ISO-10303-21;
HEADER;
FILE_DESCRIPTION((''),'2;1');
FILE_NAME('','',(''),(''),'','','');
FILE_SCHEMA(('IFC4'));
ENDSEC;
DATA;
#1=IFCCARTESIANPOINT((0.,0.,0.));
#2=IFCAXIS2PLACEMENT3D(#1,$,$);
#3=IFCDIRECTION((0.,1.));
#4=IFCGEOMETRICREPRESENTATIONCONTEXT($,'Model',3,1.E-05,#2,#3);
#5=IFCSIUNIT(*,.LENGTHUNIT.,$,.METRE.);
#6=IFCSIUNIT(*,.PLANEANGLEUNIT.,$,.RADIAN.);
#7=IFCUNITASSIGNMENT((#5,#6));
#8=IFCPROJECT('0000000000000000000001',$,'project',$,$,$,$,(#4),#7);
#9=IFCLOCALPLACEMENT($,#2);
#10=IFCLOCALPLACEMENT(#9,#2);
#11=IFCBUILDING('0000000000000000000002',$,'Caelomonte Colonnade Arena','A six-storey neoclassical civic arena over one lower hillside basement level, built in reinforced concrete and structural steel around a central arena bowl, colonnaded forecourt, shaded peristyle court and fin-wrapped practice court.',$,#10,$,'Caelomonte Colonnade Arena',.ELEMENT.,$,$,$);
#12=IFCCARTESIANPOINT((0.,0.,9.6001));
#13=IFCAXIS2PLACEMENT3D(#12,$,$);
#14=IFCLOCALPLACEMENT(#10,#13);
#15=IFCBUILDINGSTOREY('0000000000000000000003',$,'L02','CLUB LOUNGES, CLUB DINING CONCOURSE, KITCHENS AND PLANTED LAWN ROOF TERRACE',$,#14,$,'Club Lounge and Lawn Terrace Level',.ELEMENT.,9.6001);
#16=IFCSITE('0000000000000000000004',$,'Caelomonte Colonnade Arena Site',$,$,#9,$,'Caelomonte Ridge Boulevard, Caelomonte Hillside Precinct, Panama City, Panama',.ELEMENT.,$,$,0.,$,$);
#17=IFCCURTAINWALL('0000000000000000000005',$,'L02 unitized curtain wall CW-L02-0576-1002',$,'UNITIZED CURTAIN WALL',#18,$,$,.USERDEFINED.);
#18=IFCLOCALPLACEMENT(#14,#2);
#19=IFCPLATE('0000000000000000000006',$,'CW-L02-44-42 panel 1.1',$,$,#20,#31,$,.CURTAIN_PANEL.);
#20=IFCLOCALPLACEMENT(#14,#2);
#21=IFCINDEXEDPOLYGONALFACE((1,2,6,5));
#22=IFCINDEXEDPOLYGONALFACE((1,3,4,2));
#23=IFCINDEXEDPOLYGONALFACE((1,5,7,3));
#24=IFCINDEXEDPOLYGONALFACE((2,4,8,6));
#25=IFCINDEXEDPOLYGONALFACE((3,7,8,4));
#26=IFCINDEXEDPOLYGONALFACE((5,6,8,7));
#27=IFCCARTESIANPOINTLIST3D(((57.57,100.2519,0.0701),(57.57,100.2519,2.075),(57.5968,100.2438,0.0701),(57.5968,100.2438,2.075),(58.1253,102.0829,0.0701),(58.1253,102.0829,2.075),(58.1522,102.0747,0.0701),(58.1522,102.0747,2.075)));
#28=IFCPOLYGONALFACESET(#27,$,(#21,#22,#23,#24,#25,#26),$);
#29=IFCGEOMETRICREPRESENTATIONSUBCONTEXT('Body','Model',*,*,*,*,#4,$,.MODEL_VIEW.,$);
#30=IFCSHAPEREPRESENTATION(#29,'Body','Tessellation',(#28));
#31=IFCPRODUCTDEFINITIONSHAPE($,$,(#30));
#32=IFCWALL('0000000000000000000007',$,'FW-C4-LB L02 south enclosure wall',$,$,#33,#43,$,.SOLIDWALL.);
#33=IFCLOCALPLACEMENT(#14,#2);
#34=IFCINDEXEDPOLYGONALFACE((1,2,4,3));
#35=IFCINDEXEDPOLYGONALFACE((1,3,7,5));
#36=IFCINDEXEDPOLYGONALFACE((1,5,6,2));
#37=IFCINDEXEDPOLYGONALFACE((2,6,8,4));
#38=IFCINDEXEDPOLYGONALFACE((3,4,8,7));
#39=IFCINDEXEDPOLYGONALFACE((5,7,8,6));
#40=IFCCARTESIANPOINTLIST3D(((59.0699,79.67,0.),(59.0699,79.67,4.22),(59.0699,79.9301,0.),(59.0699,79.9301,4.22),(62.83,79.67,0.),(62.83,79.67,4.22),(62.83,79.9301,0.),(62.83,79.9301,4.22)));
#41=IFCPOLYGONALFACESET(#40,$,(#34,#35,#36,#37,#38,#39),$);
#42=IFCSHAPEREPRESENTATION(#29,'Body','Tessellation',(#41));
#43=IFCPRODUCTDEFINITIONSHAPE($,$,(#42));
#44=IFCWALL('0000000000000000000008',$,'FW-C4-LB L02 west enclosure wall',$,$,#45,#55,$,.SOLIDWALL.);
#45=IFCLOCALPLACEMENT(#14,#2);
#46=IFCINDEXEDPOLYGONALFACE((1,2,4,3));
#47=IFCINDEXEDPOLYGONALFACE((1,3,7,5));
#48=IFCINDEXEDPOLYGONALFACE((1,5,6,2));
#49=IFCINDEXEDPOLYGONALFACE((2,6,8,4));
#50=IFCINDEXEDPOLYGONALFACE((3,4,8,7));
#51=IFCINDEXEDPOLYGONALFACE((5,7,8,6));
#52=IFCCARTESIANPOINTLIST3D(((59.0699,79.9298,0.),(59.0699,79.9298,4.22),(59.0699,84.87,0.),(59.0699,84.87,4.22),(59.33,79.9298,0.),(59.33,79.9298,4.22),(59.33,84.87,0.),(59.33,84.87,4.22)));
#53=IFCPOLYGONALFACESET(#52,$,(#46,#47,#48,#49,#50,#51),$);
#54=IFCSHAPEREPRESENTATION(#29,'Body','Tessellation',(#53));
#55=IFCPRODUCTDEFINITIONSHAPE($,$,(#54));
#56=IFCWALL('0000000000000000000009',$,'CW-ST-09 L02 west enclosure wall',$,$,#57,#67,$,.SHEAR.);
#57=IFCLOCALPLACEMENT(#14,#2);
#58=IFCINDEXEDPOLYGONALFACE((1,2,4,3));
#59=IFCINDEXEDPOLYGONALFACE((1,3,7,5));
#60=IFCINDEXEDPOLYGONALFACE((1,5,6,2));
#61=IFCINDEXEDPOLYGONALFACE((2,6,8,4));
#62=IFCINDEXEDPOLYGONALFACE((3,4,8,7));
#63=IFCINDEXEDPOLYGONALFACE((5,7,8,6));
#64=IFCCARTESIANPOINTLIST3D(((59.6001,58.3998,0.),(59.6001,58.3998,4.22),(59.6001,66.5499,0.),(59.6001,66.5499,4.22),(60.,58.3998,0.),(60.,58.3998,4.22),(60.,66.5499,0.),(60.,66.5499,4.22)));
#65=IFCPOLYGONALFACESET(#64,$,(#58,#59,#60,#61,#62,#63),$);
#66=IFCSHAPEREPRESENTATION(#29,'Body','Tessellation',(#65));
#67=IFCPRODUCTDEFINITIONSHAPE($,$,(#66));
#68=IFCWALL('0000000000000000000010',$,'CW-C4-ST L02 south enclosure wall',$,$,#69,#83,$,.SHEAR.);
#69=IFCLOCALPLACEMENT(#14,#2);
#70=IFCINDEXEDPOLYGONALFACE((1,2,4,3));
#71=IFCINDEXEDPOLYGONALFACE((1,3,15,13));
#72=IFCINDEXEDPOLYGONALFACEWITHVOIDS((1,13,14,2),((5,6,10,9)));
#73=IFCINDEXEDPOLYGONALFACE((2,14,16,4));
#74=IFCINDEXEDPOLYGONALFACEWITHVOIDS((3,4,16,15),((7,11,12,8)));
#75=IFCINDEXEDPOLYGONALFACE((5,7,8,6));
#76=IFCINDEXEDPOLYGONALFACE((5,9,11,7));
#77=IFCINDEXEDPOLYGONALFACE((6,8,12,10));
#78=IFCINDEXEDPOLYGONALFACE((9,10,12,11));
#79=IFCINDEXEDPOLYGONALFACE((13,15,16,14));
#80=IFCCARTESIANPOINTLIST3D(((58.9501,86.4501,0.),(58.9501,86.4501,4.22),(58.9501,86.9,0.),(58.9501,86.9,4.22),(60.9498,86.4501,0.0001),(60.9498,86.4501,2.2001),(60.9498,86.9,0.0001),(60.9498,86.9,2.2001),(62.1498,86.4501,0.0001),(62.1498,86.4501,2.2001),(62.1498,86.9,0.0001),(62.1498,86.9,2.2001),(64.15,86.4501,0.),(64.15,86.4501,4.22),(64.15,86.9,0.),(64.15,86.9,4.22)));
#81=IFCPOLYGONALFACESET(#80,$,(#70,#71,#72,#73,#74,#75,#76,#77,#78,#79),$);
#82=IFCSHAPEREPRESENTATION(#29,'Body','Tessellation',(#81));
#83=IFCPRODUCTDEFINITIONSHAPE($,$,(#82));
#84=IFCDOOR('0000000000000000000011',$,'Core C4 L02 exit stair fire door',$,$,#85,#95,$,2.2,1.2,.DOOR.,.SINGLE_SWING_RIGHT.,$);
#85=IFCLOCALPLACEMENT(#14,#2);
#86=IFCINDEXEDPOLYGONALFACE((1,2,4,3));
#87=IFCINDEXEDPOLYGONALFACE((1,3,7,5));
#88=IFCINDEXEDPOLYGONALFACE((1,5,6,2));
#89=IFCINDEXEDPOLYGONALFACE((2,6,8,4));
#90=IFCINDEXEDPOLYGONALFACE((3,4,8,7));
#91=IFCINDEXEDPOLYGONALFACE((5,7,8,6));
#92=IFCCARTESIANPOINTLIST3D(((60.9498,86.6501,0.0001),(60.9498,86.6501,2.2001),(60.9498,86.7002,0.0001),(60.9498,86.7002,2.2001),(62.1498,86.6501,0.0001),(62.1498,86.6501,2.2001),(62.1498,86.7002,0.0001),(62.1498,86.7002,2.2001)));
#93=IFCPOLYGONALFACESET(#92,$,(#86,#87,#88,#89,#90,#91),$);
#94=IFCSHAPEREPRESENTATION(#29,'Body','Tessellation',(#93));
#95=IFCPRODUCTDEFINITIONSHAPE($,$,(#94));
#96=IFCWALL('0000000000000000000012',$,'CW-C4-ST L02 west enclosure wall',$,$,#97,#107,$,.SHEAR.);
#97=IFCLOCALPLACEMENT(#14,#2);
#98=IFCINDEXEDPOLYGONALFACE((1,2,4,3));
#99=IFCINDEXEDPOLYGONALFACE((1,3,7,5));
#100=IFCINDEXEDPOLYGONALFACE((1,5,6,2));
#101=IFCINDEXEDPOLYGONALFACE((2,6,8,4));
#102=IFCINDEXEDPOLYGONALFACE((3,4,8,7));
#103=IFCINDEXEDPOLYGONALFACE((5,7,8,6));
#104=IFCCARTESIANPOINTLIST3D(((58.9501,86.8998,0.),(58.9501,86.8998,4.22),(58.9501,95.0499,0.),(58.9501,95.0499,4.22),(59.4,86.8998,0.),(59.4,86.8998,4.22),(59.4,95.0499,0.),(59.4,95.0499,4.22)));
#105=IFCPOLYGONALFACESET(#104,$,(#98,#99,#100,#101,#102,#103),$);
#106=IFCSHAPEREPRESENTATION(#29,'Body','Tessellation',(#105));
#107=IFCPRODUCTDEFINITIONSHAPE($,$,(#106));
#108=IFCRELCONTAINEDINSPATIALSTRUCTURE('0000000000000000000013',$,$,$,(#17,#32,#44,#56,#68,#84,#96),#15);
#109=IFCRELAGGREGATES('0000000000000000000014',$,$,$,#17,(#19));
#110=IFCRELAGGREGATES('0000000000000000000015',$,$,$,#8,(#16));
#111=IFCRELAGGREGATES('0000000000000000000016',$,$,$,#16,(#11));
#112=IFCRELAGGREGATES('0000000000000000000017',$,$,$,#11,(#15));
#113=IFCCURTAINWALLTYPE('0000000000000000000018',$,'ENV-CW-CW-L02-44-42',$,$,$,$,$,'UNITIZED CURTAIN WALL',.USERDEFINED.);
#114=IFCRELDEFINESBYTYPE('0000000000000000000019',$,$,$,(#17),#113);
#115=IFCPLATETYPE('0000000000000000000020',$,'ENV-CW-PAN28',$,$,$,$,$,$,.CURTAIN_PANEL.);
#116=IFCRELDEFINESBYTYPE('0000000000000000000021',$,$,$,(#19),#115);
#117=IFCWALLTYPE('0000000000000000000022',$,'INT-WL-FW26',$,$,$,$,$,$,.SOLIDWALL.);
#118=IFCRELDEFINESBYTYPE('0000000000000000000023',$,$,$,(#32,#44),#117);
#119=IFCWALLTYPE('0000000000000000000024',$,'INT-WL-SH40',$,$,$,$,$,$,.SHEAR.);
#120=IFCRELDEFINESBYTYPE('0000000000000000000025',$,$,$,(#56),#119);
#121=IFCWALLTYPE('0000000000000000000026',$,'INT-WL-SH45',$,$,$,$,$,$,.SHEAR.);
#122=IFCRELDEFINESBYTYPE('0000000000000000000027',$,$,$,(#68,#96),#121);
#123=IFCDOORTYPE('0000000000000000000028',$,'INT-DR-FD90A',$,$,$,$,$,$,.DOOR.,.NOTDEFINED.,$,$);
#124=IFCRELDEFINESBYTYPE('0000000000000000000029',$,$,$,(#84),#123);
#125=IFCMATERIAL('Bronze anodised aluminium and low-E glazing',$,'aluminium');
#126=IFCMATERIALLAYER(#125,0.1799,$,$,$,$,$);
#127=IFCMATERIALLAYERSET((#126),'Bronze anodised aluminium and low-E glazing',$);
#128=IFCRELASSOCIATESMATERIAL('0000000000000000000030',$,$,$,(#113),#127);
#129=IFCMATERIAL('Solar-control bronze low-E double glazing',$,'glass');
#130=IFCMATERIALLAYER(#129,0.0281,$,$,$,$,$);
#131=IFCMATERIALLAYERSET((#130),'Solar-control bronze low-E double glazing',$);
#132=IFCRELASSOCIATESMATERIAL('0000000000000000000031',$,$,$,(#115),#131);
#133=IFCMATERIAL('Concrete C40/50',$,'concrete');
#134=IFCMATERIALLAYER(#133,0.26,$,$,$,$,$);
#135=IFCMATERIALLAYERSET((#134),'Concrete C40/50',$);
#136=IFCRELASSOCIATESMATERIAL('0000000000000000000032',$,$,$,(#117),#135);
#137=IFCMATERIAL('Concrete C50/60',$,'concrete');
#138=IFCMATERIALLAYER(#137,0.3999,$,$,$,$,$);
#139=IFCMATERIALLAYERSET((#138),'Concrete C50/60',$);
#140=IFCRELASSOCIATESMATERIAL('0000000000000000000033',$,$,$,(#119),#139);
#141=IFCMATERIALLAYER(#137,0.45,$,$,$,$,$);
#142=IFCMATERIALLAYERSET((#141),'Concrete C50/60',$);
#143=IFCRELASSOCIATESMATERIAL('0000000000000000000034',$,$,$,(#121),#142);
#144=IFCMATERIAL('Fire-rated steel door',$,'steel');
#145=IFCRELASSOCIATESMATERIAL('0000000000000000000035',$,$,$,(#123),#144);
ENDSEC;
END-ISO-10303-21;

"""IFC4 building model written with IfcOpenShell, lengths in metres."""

from ifc_helpers import new_model, si_unit, direction, frame, frame_2d, origin, origin_2d, place, context, subcontext, project, spatial, rectangle, extrude, material, layer, layer_set, type_object, element, fill, aggregate, save


model = new_model("IFC4")

# Units and contexts
model_context = context("Model", 3, precision=1e-05, world=origin(), true_north=direction((0.0, 1.0)))
body_context = subcontext(model_context, "Body", "Model", "MODEL_VIEW")
ifc_project = project(units=[si_unit("LENGTHUNIT", "METRE"), si_unit("PLANEANGLEUNIT", "RADIAN")], contexts=[model_context])

# Site, building, storey
site_placement = place(None, origin())
site = spatial("IfcSite", under=ifc_project, at=site_placement, Name="Caelomonte Colonnade Arena Site", LongName="Caelomonte Ridge Boulevard, Caelomonte Hillside Precinct, Panama City, Panama", CompositionType="ELEMENT", RefElevation=0.0)
building_placement = place(site_placement, origin())
building = spatial("IfcBuilding", under=site, at=building_placement, Name="Caelomonte Colonnade Arena", Description="A six-storey neoclassical civic arena over one lower hillside basement level, built in reinforced concrete and structural steel around a central arena bowl, colonnaded forecourt, shaded peristyle court and fin-wrapped practice court.", LongName="Caelomonte Colonnade Arena", CompositionType="ELEMENT")
storey_placement = place(building_placement, frame((0.0, 0.0, 9.6001)))
storey = spatial("IfcBuildingStorey", under=building, at=storey_placement, Name="L02", Description="CLUB LOUNGES, CLUB DINING CONCOURSE, KITCHENS AND PLANTED LAWN ROOF TERRACE", LongName="Club Lounge and Lawn Terrace Level", CompositionType="ELEMENT", Elevation=9.6001)

# Curtain wall
ifc_material_1 = material(Name="Bronze anodised aluminium and low-E glazing", Category="aluminium")
ifc_layer_1 = layer(ifc_material_1, 0.1799)
ifc_layer_set_1 = layer_set([ifc_layer_1], Name="Bronze anodised aluminium and low-E glazing")
curtain_wall_type = type_object("IfcCurtainWallType", Name="ENV-CW-CW-L02-44-42", ElementType="UNITIZED CURTAIN WALL", PredefinedType="USERDEFINED", material=ifc_layer_set_1)
curtain_wall_placement = place(storey_placement, origin())
curtain_wall = element("IfcCurtainWall", 1, at=curtain_wall_placement, inside=storey, type_object=curtain_wall_type, Name="L02 unitized curtain wall CW-L02-0576-1002", ObjectType="UNITIZED CURTAIN WALL", PredefinedType="USERDEFINED")

# Shared definitions
ifc_material_2 = material(Name="Concrete C40/50", Category="concrete")

# Plate
ifc_material_3 = material(Name="Solar-control bronze low-E double glazing", Category="glass")
ifc_layer_2 = layer(ifc_material_3, 0.0281)
ifc_layer_set_2 = layer_set([ifc_layer_2], Name="Solar-control bronze low-E double glazing")
plate_type = type_object("IfcPlateType", Name="ENV-CW-PAN28", PredefinedType="CURTAIN_PANEL", material=ifc_layer_set_2)
plate_placement = place(storey_placement, frame((57.8611, 101.1633, 0.0701), z_axis=(0.0, 0.0, 1.0), x_axis=(-0.290256, -0.956949, 0.0)))
plate = element("IfcPlate", 2, at=plate_placement, type_object=plate_type, Name="CW-L02-44-42 panel 1.1", PredefinedType="CURTAIN_PANEL", context=body_context, shape_type="SweptSolid", body=[
    extrude(rectangle(XDim=1.9133, YDim=0.0281, at=origin_2d()), origin(), (0.0, 0.0, 1.0), 2.0049),
])
aggregate(curtain_wall, [plate])

# Walls
ifc_layer_3 = layer(ifc_material_2, 0.26)
ifc_layer_set_3 = layer_set([ifc_layer_3], Name="Concrete C40/50")
wall_type_1 = type_object("IfcWallType", Name="INT-WL-FW26", PredefinedType="SOLIDWALL", material=ifc_layer_set_3)
wall_1_placement = place(storey_placement, frame((59.0701, 79.8, 0.0), z_axis=(0.0, 0.0, 1.0), x_axis=(1.0, 0.0, 0.0)))
element("IfcWall", 3, at=wall_1_placement, inside=storey, type_object=wall_type_1, Name="FW-C4-LB L02 south enclosure wall", PredefinedType="SOLIDWALL", context=body_context, shape_type="SweptSolid", body=[
    extrude(rectangle(XDim=3.76, YDim=0.26, at=frame_2d((1.8799, 0.0))), origin(), (0.0, 0.0, 1.0), 4.22),
])
wall_2_placement = place(storey_placement, frame((59.2, 84.8701, 0.0), z_axis=(0.0, 0.0, 1.0), x_axis=(0.0, -1.0, 0.0)))
element("IfcWall", 4, at=wall_2_placement, inside=storey, type_object=wall_type_1, Name="FW-C4-LB L02 west enclosure wall", PredefinedType="SOLIDWALL", context=body_context, shape_type="SweptSolid", body=[
    extrude(rectangle(XDim=4.9402, YDim=0.26, at=frame_2d((2.4702, 0.0))), origin(), (0.0, 0.0, 1.0), 4.22),
])
ifc_material_4 = material(Name="Concrete C50/60", Category="concrete")
ifc_layer_4 = layer(ifc_material_4, 0.3999)
ifc_layer_set_4 = layer_set([ifc_layer_4], Name="Concrete C50/60")
wall_type_2 = type_object("IfcWallType", Name="INT-WL-SH40", PredefinedType="SHEAR", material=ifc_layer_set_4)
wall_3_placement = place(storey_placement, frame((59.8, 66.55, 0.0), z_axis=(0.0, 0.0, 1.0), x_axis=(0.0, -1.0, 0.0)))
element("IfcWall", 5, at=wall_3_placement, inside=storey, type_object=wall_type_2, Name="CW-ST-09 L02 west enclosure wall", PredefinedType="SHEAR", context=body_context, shape_type="SweptSolid", body=[
    extrude(rectangle(XDim=8.1501, YDim=0.3999, at=frame_2d((4.0752, 0.0))), origin(), (0.0, 0.0, 1.0), 4.22),
])

# Wall, opening, door
ifc_layer_5 = layer(ifc_material_4, 0.45)
ifc_layer_set_5 = layer_set([ifc_layer_5], Name="Concrete C50/60")
wall_type_3 = type_object("IfcWallType", Name="INT-WL-SH45", PredefinedType="SHEAR", material=ifc_layer_set_5)
wall_4_placement = place(storey_placement, frame((58.95, 86.675, 0.0), z_axis=(0.0, 0.0, 1.0), x_axis=(1.0, 0.0, 0.0)))
wall_4 = element("IfcWall", 6, at=wall_4_placement, inside=storey, type_object=wall_type_3, Name="CW-C4-ST L02 south enclosure wall", PredefinedType="SHEAR", context=body_context, shape_type="SweptSolid", body=[
    extrude(rectangle(XDim=5.2, YDim=0.45, at=frame_2d((2.6001, 0.0))), origin(), (0.0, 0.0, 1.0), 4.22),
])
opening_placement = place(wall_4_placement, frame((3.2, 0.0, 0.0), z_axis=(0.0, 0.0, 1.0), x_axis=(-1.0, 0.0, 0.0)))
opening = element("IfcOpeningElement", 7, at=opening_placement, cuts=wall_4, PredefinedType="OPENING", context=body_context, shape_type="SweptSolid", body=[
    extrude(rectangle(XDim=1.2, YDim=2.2, at=frame_2d((0.6001, 1.1001))), frame((0.0, 0.2349, 0.0), z_axis=(0.0, -1.0, 0.0), x_axis=(1.0, 0.0, 0.0)), (0.0, 0.0, 1.0), 0.47),
])
ifc_material_5 = material(Name="Fire-rated steel door", Category="steel")
door_type = type_object("IfcDoorType", Name="INT-DR-FD90A", OperationType="NOTDEFINED", PredefinedType="DOOR", material=ifc_material_5)
door_placement = place(opening_placement, origin())
door = element("IfcDoor", 8, at=door_placement, inside=storey, type_object=door_type, Name="Core C4 L02 exit stair fire door", OperationType="SINGLE_SWING_RIGHT", OverallHeight=2.2, OverallWidth=1.2, PredefinedType="DOOR", context=body_context, shape_type="SweptSolid", body=[
    extrude(rectangle(XDim=1.2, YDim=2.2, at=frame_2d((0.6001, 1.1001))), frame((0.0, 0.0249, 0.0), z_axis=(0.0, -1.0, 0.0), x_axis=(1.0, 0.0, 0.0)), (0.0, 0.0, 1.0), 0.05),
])
fill(opening, door)

# Wall
wall_5_placement = place(storey_placement, frame((59.175, 95.05, 0.0), z_axis=(0.0, 0.0, 1.0), x_axis=(0.0, -1.0, 0.0)))
element("IfcWall", 9, at=wall_5_placement, inside=storey, type_object=wall_type_3, Name="CW-C4-ST L02 west enclosure wall", PredefinedType="SHEAR", context=body_context, shape_type="SweptSolid", body=[
    extrude(rectangle(XDim=8.1501, YDim=0.45, at=frame_2d((4.0752, 0.0))), origin(), (0.0, 0.0, 1.0), 4.22),
])

save(model, "model.ifc")
